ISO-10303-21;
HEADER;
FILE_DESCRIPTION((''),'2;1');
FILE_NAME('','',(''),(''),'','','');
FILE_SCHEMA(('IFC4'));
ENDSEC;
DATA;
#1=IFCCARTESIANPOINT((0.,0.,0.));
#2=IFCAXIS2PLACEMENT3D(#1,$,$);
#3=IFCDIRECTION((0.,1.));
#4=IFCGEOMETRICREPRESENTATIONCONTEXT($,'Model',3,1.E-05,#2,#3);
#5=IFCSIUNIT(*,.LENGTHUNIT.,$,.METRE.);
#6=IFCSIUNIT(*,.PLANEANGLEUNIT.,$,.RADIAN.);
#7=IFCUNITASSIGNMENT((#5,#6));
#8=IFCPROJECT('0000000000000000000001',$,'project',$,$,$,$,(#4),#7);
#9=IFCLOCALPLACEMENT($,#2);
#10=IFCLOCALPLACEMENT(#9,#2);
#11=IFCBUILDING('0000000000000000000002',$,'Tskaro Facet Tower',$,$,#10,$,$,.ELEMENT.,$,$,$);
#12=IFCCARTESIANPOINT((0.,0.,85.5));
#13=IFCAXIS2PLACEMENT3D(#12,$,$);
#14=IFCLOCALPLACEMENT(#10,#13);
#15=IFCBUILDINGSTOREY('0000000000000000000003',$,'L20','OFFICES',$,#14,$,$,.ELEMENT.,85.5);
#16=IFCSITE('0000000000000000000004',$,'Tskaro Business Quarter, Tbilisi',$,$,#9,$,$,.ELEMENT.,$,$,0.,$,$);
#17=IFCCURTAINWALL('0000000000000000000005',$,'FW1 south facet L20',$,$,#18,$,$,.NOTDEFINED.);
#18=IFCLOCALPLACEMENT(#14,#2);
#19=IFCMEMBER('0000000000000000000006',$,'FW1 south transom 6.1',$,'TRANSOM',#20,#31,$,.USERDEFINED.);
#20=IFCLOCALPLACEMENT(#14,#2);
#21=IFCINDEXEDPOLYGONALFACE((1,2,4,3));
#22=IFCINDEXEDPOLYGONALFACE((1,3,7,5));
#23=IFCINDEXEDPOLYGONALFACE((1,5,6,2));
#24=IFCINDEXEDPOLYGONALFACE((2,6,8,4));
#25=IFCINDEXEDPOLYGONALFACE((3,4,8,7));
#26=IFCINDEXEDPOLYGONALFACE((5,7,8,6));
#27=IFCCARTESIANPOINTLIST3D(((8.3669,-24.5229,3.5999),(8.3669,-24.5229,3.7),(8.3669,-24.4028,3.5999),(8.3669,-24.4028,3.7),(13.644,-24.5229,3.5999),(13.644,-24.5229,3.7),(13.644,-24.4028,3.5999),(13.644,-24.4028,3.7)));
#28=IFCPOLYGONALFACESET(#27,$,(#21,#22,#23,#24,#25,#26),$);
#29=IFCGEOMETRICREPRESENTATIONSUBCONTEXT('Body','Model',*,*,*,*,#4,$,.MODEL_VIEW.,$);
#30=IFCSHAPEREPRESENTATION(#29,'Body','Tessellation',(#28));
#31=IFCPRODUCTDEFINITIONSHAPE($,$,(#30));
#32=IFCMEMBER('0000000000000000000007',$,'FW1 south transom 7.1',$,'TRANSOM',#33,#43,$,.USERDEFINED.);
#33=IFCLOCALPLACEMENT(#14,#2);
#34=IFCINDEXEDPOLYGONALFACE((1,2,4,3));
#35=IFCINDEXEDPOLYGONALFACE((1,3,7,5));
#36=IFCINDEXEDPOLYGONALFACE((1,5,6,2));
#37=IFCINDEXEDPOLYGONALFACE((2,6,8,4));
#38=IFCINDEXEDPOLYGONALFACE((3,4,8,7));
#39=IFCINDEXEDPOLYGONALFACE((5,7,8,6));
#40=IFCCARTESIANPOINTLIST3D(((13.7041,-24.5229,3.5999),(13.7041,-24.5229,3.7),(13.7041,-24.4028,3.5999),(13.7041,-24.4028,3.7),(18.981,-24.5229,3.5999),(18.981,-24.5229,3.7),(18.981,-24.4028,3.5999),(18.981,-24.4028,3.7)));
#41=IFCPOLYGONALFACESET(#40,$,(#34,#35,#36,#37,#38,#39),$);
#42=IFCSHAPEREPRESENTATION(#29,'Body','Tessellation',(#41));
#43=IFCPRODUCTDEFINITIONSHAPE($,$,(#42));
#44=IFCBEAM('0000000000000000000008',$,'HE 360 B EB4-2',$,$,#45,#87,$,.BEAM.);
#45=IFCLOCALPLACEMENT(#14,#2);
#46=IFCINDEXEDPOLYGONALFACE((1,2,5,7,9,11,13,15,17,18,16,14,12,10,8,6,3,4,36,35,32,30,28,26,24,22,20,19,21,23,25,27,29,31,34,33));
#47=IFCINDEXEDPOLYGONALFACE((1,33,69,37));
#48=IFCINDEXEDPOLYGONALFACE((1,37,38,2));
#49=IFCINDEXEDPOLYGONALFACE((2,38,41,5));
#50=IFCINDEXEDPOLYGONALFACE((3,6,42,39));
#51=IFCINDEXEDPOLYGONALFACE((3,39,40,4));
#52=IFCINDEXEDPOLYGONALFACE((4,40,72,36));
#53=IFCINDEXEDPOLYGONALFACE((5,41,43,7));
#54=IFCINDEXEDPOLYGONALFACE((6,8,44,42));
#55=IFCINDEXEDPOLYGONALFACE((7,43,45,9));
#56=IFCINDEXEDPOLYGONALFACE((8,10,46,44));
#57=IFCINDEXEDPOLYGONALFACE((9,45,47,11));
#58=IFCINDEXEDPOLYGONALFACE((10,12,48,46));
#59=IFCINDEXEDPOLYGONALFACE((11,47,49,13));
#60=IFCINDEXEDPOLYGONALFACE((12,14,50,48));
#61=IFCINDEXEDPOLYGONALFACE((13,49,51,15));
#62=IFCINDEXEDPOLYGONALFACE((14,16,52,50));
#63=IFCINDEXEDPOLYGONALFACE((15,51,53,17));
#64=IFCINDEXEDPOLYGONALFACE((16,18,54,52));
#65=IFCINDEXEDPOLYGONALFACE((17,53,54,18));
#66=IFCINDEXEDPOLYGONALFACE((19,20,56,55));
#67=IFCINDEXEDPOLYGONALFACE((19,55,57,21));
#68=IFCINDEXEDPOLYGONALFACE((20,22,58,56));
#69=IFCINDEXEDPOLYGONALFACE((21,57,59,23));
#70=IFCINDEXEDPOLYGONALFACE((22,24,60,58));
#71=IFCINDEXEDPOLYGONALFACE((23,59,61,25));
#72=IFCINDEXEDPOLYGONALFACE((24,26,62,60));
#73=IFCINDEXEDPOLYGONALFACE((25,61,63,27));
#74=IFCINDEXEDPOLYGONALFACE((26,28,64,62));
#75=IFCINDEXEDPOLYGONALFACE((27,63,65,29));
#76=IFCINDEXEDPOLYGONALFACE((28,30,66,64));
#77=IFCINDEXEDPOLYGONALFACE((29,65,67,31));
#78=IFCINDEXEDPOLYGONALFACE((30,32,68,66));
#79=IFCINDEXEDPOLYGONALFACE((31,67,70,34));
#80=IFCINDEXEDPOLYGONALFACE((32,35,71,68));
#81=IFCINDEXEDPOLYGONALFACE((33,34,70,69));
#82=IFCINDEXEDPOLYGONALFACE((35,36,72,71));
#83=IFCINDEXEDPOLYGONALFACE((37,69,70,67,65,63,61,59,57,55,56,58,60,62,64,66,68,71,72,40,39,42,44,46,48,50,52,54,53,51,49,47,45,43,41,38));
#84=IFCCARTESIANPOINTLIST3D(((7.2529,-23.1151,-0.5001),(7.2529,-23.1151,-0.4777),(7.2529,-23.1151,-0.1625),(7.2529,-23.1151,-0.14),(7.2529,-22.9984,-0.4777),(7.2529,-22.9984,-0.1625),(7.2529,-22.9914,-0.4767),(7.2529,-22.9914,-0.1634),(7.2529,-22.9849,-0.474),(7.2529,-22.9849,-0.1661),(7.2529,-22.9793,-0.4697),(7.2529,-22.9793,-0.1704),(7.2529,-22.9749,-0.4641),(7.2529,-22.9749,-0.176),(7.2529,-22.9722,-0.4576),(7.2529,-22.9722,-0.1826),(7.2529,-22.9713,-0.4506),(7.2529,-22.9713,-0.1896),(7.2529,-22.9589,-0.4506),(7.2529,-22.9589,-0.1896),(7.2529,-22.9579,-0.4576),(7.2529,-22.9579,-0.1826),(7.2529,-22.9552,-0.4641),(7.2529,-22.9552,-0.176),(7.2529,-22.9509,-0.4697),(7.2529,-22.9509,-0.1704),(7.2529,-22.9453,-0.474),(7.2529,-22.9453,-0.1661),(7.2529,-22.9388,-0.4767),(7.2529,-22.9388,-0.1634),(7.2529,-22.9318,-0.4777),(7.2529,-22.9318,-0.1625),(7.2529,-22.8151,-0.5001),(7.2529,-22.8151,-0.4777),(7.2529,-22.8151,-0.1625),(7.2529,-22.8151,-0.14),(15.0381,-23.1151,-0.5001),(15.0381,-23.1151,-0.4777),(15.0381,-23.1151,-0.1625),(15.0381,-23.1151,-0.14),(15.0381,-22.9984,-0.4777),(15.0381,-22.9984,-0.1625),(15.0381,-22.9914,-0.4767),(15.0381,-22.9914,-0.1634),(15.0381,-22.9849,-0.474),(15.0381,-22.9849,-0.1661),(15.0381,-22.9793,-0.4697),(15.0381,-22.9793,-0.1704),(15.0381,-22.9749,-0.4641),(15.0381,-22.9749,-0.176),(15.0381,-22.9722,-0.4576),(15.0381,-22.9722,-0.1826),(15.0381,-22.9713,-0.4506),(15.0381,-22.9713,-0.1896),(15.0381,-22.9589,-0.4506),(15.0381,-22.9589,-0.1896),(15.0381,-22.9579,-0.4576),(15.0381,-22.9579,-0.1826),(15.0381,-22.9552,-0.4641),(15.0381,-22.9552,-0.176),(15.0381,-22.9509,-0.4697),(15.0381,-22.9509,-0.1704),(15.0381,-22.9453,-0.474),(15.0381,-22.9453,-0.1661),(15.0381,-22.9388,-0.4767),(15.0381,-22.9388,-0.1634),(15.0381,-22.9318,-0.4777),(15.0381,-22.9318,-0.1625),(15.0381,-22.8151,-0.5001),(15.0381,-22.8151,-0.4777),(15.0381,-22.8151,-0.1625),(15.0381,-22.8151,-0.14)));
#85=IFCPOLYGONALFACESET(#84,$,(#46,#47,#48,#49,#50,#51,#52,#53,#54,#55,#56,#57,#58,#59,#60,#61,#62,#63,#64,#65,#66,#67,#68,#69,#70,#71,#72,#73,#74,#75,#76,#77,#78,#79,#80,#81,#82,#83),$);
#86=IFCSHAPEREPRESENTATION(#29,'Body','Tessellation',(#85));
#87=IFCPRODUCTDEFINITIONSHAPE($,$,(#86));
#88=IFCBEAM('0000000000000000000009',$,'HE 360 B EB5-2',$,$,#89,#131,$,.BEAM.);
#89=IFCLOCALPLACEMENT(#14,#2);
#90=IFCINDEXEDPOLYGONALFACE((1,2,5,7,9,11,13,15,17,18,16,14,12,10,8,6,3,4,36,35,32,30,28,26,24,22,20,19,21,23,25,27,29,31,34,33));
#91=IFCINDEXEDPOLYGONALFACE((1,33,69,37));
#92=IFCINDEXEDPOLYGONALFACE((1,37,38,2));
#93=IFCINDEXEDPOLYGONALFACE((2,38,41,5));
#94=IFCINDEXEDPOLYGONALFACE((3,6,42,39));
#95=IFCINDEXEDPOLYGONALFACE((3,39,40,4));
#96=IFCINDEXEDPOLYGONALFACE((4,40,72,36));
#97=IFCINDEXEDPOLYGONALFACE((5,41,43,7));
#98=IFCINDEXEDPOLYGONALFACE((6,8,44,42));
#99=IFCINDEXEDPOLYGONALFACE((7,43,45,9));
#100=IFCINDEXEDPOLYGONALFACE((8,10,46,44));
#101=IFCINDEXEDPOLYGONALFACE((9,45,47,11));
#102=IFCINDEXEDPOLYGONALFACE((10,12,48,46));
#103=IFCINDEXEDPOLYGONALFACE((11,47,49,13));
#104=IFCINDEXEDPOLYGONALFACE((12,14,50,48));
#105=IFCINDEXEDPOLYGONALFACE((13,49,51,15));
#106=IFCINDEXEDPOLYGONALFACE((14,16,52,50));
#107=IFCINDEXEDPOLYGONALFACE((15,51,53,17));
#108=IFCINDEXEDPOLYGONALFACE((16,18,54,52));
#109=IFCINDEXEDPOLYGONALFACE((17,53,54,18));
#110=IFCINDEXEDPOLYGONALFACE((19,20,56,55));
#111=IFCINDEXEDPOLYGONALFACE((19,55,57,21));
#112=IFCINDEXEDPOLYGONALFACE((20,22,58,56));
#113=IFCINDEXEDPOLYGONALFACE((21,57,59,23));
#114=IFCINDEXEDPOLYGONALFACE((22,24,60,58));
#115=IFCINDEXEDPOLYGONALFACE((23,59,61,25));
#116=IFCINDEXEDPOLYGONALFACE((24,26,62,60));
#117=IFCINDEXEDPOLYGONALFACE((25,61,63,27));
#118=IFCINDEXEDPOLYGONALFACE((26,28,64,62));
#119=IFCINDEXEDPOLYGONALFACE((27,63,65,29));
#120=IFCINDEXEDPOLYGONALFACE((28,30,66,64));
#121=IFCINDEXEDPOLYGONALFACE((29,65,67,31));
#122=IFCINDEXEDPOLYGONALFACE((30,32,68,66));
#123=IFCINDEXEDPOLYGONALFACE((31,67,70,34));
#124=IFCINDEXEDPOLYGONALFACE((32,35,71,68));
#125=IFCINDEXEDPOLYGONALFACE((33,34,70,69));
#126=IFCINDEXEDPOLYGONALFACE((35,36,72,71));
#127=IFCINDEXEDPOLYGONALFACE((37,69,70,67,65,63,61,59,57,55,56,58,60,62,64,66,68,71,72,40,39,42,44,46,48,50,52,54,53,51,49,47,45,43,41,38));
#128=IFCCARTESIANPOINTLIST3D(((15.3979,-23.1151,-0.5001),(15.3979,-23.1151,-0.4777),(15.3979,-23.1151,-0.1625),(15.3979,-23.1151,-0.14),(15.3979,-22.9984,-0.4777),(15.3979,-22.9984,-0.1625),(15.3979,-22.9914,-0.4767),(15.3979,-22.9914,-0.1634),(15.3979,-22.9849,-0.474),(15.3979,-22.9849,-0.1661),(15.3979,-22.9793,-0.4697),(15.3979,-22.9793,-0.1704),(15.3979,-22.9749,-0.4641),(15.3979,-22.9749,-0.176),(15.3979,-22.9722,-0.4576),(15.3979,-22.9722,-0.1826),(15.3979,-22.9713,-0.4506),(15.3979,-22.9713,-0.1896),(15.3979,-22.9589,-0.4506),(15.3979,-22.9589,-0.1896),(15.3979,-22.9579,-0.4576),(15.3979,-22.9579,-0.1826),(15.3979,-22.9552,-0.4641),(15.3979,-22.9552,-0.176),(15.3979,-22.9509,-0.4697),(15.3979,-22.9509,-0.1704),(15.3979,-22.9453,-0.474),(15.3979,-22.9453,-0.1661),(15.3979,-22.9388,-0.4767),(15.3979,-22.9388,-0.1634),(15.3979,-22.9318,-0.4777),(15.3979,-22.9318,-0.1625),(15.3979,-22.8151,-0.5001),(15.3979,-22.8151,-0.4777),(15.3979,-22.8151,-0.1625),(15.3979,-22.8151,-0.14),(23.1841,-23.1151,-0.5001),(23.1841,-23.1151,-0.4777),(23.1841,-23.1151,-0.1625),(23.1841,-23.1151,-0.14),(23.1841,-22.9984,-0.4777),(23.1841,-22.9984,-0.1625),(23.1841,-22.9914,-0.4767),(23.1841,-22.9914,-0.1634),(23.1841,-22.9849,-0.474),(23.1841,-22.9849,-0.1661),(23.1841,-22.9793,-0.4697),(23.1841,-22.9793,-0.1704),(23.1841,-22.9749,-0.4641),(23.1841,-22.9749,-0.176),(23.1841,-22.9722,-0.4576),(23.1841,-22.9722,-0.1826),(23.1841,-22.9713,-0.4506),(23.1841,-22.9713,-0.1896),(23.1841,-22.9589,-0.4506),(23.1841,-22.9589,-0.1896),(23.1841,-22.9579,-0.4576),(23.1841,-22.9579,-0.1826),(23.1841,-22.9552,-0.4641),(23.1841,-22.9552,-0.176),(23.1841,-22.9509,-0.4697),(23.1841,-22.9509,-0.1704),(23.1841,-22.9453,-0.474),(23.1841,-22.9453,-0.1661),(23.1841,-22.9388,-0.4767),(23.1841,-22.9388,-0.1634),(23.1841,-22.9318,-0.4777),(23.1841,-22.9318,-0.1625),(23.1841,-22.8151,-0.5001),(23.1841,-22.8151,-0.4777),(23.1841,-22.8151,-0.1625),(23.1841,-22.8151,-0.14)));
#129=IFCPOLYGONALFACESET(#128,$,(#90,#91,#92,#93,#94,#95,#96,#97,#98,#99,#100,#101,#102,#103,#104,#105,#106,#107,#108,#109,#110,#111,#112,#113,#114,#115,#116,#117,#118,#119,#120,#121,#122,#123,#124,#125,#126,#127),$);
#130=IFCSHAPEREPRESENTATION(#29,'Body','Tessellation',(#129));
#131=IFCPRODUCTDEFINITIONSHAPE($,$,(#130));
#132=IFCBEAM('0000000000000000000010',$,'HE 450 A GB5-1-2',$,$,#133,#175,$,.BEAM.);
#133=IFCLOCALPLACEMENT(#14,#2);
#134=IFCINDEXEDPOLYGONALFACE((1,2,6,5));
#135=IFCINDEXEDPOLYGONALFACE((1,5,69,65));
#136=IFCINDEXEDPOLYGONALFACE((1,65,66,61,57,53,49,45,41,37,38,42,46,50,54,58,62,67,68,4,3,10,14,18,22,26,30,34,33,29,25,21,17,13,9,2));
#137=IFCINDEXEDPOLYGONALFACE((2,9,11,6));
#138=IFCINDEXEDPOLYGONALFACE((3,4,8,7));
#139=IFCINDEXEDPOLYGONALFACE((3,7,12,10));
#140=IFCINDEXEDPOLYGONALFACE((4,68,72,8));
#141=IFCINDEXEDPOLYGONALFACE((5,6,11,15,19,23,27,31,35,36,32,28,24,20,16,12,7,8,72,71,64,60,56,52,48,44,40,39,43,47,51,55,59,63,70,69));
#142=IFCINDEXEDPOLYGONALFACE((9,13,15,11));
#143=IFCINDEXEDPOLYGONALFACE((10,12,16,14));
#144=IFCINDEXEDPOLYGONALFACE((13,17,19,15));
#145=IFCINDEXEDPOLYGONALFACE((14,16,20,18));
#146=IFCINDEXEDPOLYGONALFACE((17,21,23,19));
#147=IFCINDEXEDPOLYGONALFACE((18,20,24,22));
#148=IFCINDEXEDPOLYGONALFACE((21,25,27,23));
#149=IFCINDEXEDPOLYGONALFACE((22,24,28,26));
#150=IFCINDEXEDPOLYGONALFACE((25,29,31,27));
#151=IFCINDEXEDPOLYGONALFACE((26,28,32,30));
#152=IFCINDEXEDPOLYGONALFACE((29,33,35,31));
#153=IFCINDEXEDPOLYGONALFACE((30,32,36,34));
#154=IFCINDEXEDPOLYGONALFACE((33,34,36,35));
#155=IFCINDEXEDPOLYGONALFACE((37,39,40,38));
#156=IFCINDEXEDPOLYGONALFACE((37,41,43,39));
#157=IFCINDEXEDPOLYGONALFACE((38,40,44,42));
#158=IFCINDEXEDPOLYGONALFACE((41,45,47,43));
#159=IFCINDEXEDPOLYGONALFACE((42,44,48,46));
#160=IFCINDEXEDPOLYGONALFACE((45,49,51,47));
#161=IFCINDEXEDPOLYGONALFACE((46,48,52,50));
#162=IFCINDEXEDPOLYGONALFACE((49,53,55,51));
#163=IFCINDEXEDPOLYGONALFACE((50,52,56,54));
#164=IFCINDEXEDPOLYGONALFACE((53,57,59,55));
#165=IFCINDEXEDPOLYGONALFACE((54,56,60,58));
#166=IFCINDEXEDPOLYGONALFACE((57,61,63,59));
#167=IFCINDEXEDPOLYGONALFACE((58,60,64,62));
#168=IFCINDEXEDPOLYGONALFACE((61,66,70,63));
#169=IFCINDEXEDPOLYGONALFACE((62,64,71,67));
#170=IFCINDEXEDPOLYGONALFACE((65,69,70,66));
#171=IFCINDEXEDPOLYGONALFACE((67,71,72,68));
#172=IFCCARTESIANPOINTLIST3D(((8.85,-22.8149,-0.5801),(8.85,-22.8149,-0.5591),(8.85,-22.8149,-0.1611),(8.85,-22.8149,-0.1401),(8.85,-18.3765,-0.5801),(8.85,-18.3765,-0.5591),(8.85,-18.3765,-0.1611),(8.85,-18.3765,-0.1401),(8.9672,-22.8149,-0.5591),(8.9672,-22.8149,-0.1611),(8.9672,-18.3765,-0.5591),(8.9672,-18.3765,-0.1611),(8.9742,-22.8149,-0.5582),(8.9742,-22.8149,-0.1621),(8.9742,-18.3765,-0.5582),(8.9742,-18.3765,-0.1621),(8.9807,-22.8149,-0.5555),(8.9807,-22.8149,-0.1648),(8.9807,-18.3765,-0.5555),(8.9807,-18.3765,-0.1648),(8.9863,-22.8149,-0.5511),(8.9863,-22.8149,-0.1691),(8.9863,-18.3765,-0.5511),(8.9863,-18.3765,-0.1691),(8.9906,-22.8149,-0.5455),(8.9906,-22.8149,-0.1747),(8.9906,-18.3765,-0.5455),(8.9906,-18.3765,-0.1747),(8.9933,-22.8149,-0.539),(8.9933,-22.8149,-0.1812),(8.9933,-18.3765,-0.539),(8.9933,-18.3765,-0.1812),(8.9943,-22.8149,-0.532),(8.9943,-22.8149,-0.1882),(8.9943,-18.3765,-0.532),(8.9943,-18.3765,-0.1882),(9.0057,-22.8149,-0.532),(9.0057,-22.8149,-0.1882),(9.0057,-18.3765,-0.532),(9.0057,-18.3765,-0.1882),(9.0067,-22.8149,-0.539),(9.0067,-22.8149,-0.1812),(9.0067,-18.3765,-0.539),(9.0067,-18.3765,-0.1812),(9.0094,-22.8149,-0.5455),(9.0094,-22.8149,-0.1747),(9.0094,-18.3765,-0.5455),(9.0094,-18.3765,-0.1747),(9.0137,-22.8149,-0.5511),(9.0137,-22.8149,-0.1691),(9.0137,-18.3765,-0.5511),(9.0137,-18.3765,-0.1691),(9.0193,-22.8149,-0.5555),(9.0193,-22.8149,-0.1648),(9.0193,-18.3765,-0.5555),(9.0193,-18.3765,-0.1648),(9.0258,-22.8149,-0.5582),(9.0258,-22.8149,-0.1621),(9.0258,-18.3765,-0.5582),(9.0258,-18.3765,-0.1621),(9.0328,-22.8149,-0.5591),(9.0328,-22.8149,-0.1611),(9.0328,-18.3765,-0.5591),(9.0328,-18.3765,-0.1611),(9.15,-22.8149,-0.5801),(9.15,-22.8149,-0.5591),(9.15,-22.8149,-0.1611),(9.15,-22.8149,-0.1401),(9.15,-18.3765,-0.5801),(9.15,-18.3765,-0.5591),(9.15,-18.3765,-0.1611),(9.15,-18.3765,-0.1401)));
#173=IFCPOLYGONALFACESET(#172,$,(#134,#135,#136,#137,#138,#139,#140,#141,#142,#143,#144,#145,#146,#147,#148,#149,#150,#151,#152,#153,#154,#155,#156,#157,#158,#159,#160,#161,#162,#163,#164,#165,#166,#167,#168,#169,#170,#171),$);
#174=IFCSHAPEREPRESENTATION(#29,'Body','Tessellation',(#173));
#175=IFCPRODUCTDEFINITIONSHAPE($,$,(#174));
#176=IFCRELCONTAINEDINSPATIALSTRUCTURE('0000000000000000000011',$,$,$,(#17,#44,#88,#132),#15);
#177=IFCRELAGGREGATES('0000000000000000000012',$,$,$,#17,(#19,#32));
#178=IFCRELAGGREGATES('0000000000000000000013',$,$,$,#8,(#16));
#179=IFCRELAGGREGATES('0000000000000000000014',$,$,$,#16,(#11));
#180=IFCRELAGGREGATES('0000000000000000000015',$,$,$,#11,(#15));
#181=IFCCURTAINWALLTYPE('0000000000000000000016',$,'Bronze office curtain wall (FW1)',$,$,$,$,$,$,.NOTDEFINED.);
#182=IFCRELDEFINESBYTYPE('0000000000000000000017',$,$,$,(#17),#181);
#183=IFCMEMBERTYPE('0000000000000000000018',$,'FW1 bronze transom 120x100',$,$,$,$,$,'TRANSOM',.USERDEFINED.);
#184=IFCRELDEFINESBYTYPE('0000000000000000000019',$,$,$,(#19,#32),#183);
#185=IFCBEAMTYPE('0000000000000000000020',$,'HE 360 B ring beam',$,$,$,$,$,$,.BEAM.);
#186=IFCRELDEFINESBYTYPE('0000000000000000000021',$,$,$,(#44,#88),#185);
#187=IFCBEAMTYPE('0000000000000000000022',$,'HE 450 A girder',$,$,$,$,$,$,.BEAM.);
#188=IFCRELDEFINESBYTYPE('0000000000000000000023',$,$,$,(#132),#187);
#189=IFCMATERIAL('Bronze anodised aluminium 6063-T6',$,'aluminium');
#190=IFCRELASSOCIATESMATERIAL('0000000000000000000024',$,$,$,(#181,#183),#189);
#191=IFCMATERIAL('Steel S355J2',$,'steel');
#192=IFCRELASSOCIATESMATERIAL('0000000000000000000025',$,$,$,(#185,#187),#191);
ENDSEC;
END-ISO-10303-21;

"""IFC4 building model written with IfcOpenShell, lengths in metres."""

from ifc_helpers import new_model, si_unit, direction, frame, origin, origin_2d, place, context, subcontext, project, spatial, rectangle, i_section, extrude, material, material_profile, profile_set, type_object, element, aggregate, save


model = new_model("IFC4")

# Units and contexts
model_context = context("Model", 3, precision=1e-05, world=origin(), true_north=direction((0.0, 1.0)))
body_context = subcontext(model_context, "Body", "Model", "MODEL_VIEW")
ifc_project = project(units=[si_unit("LENGTHUNIT", "METRE"), si_unit("PLANEANGLEUNIT", "RADIAN")], contexts=[model_context])

# Site, building, storey
site_placement = place(None, origin())
site = spatial("IfcSite", under=ifc_project, at=site_placement, Name="Tskaro Business Quarter, Tbilisi", CompositionType="ELEMENT", RefElevation=0.0)
building_placement = place(site_placement, origin())
building = spatial("IfcBuilding", under=site, at=building_placement, Name="Tskaro Facet Tower", CompositionType="ELEMENT")
storey_placement = place(building_placement, frame((0.0, 0.0, 85.5)))
storey = spatial("IfcBuildingStorey", under=building, at=storey_placement, Name="L20", Description="OFFICES", CompositionType="ELEMENT", Elevation=85.5)

# Curtain wall, members
ifc_material_1 = material(Name="Bronze anodised aluminium 6063-T6", Category="aluminium")
curtain_wall_type = type_object("IfcCurtainWallType", Name="Bronze office curtain wall (FW1)", PredefinedType="NOTDEFINED", material=ifc_material_1)
curtain_wall_placement = place(storey_placement, origin())
curtain_wall = element("IfcCurtainWall", 1, at=curtain_wall_placement, inside=storey, type_object=curtain_wall_type, Name="FW1 south facet L20", PredefinedType="NOTDEFINED")
ifc_material_profile_1 = material_profile(ifc_material_1, rectangle(XDim=0.1201, YDim=0.1001, at=origin_2d()), Name="Transom 120x100")
ifc_profile_set_1 = profile_set([ifc_material_profile_1], Name="Bronze anodised aluminium 6063-T6")
member_type_1 = type_object("IfcMemberType", Name="FW1 bronze transom 120x100", ElementType="TRANSOM", PredefinedType="USERDEFINED", material=ifc_profile_set_1)
member_1_placement = place(storey_placement, frame((8.3669, -24.4629, 3.6499), z_axis=(1.0, 0.0, 0.0), x_axis=(0.0, 1.0, 0.0)))
member_1 = element("IfcMember", 2, at=member_1_placement, type_object=member_type_1, Name="FW1 south transom 6.1", ObjectType="TRANSOM", PredefinedType="USERDEFINED", context=body_context, shape_type="SweptSolid", body=[
    extrude(rectangle(XDim=0.1201, YDim=0.1001, at=origin_2d()), origin(), (0.0, 0.0, 1.0), 5.2771),
])
member_2_placement = place(storey_placement, frame((13.7041, -24.4629, 3.6499), z_axis=(1.0, 0.0, 0.0), x_axis=(0.0, 1.0, 0.0)))
member_2 = element("IfcMember", 3, at=member_2_placement, type_object=member_type_1, Name="FW1 south transom 7.1", ObjectType="TRANSOM", PredefinedType="USERDEFINED", context=body_context, shape_type="SweptSolid", body=[
    extrude(rectangle(XDim=0.1201, YDim=0.1001, at=origin_2d()), origin(), (0.0, 0.0, 1.0), 5.2769),
])

# Beams
ifc_material_2 = material(Name="Steel S355J2", Category="steel")
ifc_material_profile_2 = material_profile(ifc_material_2, i_section(OverallWidth=0.3, OverallDepth=0.3601, WebThickness=0.0125, FlangeThickness=0.0225, FilletRadius=0.0271, at=origin_2d()), Name="HE 360 B")
ifc_profile_set_2 = profile_set([ifc_material_profile_2], Name="Steel S355J2")
beam_type_1 = type_object("IfcBeamType", Name="HE 360 B ring beam", PredefinedType="BEAM", material=ifc_profile_set_2)
beam_1_placement = place(storey_placement, frame((7.2529, -22.9651, -0.3201), z_axis=(1.0, 0.0, 0.0), x_axis=(0.0, 1.0, 0.0)))
element("IfcBeam", 4, at=beam_1_placement, inside=storey, type_object=beam_type_1, Name="HE 360 B EB4-2", PredefinedType="BEAM", context=body_context, shape_type="SweptSolid", body=[
    extrude(i_section(OverallWidth=0.3, OverallDepth=0.3601, WebThickness=0.0125, FlangeThickness=0.0225, FilletRadius=0.0271, at=origin_2d()), origin(), (0.0, 0.0, 1.0), 7.7852),
])
beam_2_placement = place(storey_placement, frame((15.3979, -22.9651, -0.3201), z_axis=(1.0, 0.0, 0.0), x_axis=(0.0, 1.0, 0.0)))
element("IfcBeam", 5, at=beam_2_placement, inside=storey, type_object=beam_type_1, Name="HE 360 B EB5-2", PredefinedType="BEAM", context=body_context, shape_type="SweptSolid", body=[
    extrude(i_section(OverallWidth=0.3, OverallDepth=0.3601, WebThickness=0.0125, FlangeThickness=0.0225, FilletRadius=0.0271, at=origin_2d()), origin(), (0.0, 0.0, 1.0), 7.7861),
])
ifc_material_profile_3 = material_profile(ifc_material_2, i_section(OverallWidth=0.3, OverallDepth=0.4399, WebThickness=0.0115, FlangeThickness=0.021, FilletRadius=0.0271, at=origin_2d()), Name="HE 450 A")
ifc_profile_set_3 = profile_set([ifc_material_profile_3], Name="Steel S355J2")
beam_type_2 = type_object("IfcBeamType", Name="HE 450 A girder", PredefinedType="BEAM", material=ifc_profile_set_3)
beam_3_placement = place(storey_placement, frame((9.0, -22.8149, -0.3601), z_axis=(0.0, 1.0, 0.0), x_axis=(-1.0, 0.0, 0.0)))
element("IfcBeam", 6, at=beam_3_placement, inside=storey, type_object=beam_type_2, Name="HE 450 A GB5-1-2", PredefinedType="BEAM", context=body_context, shape_type="SweptSolid", body=[
    extrude(i_section(OverallWidth=0.3, OverallDepth=0.4399, WebThickness=0.0115, FlangeThickness=0.021, FilletRadius=0.0271, at=origin_2d()), origin(), (0.0, 0.0, 1.0), 4.4385),
])

aggregate(curtain_wall, [member_1, member_2])

save(model, "model.ifc")
